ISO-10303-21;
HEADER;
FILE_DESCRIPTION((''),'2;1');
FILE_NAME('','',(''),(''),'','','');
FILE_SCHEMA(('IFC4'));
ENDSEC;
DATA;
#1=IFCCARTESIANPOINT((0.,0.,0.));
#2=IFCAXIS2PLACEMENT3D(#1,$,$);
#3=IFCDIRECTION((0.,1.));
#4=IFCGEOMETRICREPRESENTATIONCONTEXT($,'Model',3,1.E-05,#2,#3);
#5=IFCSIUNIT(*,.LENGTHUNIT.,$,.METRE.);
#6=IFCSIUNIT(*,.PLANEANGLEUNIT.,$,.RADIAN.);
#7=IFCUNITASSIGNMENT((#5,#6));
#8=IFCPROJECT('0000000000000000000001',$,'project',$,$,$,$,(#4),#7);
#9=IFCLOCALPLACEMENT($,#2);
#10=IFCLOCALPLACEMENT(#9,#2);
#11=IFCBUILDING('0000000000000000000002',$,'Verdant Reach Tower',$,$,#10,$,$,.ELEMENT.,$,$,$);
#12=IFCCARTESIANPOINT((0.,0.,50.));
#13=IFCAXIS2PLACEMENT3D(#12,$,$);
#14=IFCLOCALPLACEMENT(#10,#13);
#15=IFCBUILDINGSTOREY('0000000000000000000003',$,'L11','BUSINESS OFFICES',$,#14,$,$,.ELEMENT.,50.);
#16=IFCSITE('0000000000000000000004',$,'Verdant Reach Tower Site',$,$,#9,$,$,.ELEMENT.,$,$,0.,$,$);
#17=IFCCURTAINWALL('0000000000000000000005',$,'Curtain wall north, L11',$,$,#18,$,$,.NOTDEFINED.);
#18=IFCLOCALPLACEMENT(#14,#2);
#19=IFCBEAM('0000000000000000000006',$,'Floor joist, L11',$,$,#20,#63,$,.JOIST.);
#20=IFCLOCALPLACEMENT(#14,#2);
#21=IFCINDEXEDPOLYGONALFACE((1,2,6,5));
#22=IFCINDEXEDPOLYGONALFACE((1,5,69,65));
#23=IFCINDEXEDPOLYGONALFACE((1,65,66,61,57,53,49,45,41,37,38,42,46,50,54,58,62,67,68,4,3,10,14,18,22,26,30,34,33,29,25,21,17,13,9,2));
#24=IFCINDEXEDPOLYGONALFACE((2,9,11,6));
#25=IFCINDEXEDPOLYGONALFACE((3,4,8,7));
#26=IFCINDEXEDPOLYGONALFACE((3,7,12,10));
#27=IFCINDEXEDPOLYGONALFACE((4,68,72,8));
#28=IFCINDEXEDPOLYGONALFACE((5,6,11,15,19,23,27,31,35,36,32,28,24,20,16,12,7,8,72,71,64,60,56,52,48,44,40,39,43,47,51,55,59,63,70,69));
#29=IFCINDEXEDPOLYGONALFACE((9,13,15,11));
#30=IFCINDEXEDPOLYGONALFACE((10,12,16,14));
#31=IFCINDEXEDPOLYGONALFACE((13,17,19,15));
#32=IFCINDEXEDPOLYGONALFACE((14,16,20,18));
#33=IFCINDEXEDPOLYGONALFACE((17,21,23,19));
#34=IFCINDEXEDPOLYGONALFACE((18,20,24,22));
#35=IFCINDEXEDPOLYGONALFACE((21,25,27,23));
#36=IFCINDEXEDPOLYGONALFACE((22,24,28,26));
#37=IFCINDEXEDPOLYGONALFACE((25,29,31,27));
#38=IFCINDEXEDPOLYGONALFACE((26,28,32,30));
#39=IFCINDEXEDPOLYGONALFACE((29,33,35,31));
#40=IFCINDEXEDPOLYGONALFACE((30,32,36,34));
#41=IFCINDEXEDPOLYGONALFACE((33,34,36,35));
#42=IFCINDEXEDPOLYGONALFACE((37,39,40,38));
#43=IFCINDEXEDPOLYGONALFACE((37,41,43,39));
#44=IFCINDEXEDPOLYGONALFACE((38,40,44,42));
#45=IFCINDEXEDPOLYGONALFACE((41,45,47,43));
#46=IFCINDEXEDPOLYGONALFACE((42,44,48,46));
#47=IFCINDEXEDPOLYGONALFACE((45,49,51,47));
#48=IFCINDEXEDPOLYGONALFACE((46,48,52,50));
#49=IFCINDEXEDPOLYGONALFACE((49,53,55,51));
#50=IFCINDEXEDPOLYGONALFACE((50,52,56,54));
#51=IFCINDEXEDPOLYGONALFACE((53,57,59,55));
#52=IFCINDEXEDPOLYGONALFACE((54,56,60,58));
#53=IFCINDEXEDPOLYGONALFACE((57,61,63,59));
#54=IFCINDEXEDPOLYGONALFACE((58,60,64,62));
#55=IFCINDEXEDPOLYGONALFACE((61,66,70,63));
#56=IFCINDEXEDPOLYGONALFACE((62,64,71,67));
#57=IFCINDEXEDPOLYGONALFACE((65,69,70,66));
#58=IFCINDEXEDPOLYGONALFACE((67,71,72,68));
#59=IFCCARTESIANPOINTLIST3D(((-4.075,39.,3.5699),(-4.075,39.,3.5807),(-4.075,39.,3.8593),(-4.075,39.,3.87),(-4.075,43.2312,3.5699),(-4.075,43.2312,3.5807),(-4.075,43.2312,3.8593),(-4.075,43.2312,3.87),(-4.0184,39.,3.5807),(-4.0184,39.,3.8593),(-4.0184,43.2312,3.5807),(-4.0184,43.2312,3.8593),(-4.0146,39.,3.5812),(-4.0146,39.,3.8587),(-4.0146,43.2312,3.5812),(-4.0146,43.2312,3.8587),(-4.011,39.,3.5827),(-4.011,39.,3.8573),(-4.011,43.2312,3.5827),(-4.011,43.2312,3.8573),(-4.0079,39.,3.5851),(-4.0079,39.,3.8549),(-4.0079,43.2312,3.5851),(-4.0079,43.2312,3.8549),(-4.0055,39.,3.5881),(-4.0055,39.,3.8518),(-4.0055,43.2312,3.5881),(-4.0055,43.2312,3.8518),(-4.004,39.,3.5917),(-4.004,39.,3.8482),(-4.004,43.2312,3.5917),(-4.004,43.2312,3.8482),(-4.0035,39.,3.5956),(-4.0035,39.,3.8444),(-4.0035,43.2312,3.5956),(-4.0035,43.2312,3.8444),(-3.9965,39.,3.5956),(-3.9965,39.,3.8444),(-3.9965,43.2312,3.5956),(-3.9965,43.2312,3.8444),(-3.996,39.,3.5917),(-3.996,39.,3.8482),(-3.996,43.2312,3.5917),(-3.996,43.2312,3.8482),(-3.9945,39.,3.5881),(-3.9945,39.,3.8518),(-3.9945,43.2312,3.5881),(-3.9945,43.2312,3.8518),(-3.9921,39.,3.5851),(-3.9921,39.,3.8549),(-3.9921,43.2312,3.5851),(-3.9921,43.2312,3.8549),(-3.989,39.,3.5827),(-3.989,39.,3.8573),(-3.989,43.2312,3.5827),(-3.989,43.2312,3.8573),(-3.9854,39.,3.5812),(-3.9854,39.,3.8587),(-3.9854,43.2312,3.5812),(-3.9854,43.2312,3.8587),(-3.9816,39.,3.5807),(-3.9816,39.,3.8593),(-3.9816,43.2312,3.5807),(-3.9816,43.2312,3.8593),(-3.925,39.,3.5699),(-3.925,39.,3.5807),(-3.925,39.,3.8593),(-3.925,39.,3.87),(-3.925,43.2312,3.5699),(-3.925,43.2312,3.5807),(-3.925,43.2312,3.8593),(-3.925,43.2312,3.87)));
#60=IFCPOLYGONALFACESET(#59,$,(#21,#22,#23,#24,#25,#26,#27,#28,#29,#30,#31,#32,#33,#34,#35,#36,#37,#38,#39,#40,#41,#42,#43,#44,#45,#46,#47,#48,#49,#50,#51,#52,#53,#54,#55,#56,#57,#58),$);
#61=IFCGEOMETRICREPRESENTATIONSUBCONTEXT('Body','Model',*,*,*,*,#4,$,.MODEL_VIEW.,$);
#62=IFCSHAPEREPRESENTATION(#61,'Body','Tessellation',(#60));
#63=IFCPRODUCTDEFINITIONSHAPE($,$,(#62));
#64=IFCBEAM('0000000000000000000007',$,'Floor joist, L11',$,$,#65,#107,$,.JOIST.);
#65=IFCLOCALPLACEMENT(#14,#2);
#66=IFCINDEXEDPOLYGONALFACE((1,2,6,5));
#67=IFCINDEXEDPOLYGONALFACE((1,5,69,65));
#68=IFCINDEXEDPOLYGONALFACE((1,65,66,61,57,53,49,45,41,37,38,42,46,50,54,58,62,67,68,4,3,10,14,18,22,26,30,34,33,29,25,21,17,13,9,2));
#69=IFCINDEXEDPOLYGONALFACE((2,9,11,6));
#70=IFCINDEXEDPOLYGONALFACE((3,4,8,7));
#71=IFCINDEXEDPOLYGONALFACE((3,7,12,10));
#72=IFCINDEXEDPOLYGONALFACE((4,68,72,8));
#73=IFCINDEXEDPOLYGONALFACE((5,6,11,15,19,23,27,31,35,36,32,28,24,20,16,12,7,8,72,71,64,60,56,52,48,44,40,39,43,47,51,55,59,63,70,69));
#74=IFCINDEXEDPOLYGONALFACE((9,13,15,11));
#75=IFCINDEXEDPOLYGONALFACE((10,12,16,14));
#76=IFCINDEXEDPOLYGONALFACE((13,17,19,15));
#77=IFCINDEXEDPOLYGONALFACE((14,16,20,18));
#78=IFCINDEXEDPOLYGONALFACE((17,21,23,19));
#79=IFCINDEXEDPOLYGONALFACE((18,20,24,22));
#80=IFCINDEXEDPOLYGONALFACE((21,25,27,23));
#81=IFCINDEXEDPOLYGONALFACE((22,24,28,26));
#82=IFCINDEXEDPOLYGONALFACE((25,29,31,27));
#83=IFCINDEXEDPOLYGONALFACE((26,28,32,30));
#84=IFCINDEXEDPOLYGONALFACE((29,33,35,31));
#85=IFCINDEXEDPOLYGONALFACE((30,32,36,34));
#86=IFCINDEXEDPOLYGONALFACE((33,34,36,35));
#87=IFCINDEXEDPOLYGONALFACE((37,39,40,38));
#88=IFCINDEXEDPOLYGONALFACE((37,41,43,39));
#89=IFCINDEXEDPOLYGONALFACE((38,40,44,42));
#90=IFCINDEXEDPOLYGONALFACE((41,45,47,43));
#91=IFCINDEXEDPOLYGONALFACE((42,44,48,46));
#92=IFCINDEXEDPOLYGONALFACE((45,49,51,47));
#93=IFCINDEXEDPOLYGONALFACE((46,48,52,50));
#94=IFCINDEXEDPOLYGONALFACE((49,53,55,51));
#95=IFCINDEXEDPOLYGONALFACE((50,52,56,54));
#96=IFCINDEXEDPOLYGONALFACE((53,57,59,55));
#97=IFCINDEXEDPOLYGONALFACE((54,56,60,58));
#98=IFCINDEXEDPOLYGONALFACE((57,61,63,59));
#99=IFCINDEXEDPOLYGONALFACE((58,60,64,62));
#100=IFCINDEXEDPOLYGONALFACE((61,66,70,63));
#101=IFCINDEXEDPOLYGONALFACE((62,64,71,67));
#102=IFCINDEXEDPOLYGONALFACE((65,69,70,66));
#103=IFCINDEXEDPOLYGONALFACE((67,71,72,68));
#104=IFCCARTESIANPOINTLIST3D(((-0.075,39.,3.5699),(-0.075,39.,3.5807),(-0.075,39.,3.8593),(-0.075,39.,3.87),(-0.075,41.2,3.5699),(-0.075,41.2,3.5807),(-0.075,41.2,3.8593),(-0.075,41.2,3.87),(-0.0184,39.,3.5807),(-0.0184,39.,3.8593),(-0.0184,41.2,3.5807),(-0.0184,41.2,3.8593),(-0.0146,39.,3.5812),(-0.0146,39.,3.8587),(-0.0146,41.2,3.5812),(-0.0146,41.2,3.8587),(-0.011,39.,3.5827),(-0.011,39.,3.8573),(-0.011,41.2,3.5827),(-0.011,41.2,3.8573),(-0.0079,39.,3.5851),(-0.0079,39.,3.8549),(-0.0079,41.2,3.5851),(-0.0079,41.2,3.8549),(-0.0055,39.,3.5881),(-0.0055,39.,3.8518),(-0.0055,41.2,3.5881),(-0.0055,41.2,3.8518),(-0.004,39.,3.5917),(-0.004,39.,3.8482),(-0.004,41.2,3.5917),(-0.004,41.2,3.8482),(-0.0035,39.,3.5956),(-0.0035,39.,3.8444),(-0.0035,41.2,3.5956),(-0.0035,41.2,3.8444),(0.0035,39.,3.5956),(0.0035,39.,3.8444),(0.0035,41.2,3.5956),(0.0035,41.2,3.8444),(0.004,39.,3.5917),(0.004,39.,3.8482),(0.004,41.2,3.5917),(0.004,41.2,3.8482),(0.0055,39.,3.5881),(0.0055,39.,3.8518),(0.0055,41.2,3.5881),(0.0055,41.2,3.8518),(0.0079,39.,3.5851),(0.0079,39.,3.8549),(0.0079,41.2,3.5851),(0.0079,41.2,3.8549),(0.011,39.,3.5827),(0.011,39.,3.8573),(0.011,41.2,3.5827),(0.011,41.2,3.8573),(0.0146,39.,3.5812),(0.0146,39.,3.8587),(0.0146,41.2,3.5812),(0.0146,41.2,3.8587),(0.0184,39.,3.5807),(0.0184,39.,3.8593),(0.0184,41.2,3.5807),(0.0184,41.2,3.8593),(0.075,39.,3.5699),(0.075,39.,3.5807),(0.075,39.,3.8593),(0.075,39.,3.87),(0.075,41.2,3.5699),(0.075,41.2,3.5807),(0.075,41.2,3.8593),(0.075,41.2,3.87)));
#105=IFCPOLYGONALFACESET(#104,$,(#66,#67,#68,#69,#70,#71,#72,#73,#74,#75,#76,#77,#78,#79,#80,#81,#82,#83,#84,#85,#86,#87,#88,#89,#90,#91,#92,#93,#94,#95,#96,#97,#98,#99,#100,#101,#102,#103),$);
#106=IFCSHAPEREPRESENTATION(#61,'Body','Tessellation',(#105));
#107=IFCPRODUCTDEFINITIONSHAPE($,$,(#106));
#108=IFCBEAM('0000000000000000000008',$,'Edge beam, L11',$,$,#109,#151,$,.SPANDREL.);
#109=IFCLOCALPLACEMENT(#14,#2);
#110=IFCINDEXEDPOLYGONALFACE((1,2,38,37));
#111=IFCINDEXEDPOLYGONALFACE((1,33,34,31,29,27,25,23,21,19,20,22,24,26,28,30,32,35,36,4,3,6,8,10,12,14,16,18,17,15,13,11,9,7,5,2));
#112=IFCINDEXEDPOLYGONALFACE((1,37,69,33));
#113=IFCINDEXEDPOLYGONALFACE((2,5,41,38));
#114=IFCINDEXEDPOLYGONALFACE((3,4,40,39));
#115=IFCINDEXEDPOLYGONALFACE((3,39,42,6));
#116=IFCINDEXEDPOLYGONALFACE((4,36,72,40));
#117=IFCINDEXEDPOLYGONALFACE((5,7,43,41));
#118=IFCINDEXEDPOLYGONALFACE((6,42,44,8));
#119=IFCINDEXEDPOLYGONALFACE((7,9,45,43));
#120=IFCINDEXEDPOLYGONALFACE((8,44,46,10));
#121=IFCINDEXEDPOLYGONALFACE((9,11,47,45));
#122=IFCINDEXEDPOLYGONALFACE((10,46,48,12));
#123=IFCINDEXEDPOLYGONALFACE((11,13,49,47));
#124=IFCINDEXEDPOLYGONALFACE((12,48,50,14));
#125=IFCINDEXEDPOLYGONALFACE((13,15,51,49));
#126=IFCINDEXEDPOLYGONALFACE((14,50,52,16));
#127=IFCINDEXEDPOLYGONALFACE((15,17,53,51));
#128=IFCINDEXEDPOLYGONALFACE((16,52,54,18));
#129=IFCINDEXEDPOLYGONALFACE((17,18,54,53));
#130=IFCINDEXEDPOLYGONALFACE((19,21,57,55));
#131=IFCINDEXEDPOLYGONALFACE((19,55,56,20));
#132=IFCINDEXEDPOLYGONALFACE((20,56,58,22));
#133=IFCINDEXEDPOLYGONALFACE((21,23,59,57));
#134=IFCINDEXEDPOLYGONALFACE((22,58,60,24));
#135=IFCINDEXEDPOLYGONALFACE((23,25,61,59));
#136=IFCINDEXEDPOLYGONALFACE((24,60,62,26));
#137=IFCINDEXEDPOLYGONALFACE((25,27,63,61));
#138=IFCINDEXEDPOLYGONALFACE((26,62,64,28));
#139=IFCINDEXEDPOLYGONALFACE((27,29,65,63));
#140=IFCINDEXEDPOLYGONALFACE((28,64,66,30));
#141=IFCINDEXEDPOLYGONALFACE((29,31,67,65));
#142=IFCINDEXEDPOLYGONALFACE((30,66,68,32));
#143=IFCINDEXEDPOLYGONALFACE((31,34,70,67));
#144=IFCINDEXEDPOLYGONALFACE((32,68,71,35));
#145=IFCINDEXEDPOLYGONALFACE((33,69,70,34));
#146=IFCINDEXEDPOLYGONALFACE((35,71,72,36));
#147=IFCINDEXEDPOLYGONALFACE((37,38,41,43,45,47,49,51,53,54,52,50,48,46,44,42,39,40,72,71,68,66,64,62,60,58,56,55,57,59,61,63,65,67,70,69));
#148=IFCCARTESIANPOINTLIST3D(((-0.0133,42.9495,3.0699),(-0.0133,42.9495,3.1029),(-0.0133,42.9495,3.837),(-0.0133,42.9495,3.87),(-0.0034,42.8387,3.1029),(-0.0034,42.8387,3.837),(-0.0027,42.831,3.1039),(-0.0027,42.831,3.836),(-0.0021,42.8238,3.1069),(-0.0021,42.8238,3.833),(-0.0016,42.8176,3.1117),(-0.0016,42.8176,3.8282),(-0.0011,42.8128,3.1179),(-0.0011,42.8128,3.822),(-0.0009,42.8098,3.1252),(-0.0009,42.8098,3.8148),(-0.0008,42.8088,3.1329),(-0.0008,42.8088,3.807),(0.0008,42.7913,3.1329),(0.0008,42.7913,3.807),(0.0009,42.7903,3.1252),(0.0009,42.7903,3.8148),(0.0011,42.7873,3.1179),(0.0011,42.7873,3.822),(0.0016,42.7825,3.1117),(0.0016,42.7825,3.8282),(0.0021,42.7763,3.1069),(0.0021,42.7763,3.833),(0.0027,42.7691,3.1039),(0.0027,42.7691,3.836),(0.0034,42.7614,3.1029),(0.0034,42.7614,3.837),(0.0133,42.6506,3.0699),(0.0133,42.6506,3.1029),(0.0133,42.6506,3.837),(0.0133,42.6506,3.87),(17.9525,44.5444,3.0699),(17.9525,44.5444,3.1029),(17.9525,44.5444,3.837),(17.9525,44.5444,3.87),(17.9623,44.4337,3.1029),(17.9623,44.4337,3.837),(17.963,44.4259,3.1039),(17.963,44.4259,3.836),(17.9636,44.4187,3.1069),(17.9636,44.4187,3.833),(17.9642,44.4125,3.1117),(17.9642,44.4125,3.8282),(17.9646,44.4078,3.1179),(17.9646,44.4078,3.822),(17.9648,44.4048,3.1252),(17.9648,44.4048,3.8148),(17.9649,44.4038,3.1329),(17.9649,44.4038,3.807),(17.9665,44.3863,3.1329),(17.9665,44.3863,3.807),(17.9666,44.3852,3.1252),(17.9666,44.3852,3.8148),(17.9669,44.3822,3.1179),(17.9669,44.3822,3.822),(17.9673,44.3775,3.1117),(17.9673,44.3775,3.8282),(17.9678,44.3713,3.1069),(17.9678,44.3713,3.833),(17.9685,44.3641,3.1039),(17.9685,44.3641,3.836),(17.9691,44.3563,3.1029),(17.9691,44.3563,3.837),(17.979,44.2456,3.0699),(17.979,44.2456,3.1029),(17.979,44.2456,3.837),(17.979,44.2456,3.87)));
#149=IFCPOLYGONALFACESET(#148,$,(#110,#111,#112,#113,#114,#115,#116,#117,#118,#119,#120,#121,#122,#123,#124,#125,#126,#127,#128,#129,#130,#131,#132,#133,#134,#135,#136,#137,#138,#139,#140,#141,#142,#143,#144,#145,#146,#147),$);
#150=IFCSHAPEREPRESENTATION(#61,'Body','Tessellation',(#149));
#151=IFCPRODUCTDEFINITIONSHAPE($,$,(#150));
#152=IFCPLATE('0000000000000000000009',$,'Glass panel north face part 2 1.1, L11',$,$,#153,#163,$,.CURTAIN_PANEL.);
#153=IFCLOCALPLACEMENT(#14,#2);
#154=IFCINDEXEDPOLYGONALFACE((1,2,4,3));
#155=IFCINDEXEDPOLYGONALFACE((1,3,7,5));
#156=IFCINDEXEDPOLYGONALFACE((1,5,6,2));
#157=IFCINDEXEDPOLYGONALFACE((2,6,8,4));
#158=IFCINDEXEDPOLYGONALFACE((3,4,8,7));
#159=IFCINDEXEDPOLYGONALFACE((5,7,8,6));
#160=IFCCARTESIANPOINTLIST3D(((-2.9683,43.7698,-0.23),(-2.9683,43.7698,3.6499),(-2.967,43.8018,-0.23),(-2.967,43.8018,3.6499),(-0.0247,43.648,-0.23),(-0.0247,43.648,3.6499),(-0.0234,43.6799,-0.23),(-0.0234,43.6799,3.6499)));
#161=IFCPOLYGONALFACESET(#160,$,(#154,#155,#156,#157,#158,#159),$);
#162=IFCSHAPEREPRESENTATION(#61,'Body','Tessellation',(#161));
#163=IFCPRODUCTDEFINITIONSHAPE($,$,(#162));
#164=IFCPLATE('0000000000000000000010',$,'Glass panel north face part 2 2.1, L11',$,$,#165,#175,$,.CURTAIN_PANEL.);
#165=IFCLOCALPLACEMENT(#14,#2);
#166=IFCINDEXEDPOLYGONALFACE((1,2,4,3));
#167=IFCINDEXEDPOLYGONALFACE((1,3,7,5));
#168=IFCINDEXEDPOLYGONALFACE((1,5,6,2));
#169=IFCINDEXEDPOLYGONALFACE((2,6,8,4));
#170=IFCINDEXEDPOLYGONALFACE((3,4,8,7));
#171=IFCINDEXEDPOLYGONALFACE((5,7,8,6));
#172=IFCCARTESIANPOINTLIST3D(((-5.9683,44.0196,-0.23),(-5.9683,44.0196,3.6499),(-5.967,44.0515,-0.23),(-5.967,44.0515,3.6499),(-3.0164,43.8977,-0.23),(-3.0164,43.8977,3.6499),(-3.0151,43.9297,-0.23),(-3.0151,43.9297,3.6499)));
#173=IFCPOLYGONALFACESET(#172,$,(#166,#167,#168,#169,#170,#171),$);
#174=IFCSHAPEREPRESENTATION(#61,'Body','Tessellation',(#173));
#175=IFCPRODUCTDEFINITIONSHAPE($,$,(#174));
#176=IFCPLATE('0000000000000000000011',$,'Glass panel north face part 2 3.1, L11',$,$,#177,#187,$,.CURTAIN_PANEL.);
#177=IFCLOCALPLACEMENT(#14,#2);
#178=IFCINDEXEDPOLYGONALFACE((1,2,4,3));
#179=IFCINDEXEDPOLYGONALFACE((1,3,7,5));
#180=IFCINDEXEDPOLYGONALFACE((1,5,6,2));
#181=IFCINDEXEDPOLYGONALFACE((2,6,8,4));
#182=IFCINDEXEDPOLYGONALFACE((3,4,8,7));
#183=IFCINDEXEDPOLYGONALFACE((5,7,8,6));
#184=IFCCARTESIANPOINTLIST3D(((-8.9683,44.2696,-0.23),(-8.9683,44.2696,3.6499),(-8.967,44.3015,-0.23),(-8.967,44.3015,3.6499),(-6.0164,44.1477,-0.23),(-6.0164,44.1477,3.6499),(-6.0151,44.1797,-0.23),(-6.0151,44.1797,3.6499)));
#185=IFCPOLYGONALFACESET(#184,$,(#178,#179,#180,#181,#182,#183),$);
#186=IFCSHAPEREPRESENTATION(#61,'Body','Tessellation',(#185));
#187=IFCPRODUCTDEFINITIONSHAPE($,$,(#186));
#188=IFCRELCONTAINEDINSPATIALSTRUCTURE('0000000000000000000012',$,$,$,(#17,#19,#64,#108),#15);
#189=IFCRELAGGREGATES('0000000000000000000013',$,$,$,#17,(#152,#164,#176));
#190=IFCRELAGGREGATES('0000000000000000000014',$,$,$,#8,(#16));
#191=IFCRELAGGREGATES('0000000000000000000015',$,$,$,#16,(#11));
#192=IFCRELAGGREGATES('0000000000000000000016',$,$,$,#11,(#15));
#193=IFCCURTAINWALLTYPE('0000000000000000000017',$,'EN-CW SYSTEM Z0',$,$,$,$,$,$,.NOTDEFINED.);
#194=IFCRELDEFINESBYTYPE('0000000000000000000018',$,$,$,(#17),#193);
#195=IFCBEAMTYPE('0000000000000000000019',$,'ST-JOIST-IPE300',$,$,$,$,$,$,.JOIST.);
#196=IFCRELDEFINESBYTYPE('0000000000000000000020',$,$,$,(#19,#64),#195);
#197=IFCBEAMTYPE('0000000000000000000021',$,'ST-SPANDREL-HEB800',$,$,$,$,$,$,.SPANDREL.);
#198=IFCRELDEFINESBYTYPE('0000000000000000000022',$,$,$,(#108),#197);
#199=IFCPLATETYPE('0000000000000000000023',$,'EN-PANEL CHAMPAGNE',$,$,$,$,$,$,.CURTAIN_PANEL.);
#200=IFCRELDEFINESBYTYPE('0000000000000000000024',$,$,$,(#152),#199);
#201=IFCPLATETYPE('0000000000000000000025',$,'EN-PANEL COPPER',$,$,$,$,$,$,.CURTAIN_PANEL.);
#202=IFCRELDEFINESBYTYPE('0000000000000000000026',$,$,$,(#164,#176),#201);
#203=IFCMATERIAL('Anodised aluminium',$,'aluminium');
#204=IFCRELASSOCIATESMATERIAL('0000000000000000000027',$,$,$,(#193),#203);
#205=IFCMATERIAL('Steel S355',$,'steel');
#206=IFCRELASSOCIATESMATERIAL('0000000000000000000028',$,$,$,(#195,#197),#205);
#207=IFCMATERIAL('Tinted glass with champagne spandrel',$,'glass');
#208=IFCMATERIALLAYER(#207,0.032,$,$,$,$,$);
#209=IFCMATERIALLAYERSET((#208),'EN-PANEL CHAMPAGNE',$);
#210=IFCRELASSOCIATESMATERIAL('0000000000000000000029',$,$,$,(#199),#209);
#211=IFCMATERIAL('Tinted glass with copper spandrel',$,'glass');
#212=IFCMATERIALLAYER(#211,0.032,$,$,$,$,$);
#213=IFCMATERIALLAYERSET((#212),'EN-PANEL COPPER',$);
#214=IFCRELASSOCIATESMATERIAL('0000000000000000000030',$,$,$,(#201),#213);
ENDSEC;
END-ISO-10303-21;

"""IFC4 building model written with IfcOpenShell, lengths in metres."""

from ifc_helpers import new_model, si_unit, direction, frame, origin, origin_2d, place, context, subcontext, project, spatial, rectangle, i_section, extrude, material, layer, layer_set, material_profile, profile_set, type_object, element, aggregate, save


model = new_model("IFC4")

# Units and contexts
model_context = context("Model", 3, precision=1e-05, world=origin(), true_north=direction((0.0, 1.0)))
body_context = subcontext(model_context, "Body", "Model", "MODEL_VIEW")
ifc_project = project(units=[si_unit("LENGTHUNIT", "METRE"), si_unit("PLANEANGLEUNIT", "RADIAN")], contexts=[model_context])

# Site, building, storey
site_placement = place(None, origin())
site = spatial("IfcSite", under=ifc_project, at=site_placement, Name="Verdant Reach Tower Site", CompositionType="ELEMENT", RefElevation=0.0)
building_placement = place(site_placement, origin())
building = spatial("IfcBuilding", under=site, at=building_placement, Name="Verdant Reach Tower", CompositionType="ELEMENT")
storey_placement = place(building_placement, frame((0.0, 0.0, 50.0)))
storey = spatial("IfcBuildingStorey", under=building, at=storey_placement, Name="L11", Description="BUSINESS OFFICES", CompositionType="ELEMENT", Elevation=50.0)

# Curtain wall
ifc_material_1 = material(Name="Anodised aluminium", Category="aluminium")
curtain_wall_type = type_object("IfcCurtainWallType", Name="EN-CW SYSTEM Z0", PredefinedType="NOTDEFINED", material=ifc_material_1)
curtain_wall_placement = place(storey_placement, origin())
curtain_wall = element("IfcCurtainWall", 1, at=curtain_wall_placement, inside=storey, type_object=curtain_wall_type, Name="Curtain wall north, L11", PredefinedType="NOTDEFINED")

# Beams
ifc_material_2 = material(Name="Steel S355", Category="steel")
ifc_material_profile_1 = material_profile(ifc_material_2, i_section(OverallWidth=0.1499, OverallDepth=0.3, WebThickness=0.0071, FlangeThickness=0.0107, FilletRadius=0.0149, at=origin_2d()), Name="IPE 300")
ifc_profile_set_1 = profile_set([ifc_material_profile_1], Name="Steel S355")
beam_type_1 = type_object("IfcBeamType", Name="ST-JOIST-IPE300", PredefinedType="JOIST", material=ifc_profile_set_1)
beam_1_placement = place(storey_placement, frame((-4.0, 39.0, 3.72), z_axis=(0.0, 1.0, 0.0), x_axis=(-1.0, 0.0, 0.0)))
element("IfcBeam", 2, at=beam_1_placement, inside=storey, type_object=beam_type_1, Name="Floor joist, L11", PredefinedType="JOIST", context=body_context, shape_type="SweptSolid", body=[
    extrude(i_section(OverallWidth=0.1499, OverallDepth=0.3, WebThickness=0.0071, FlangeThickness=0.0107, FilletRadius=0.0149, at=origin_2d()), origin(), (0.0, 0.0, 1.0), 4.2312),
])
beam_2_placement = place(storey_placement, frame((0.0, 39.0, 3.72), z_axis=(0.0, 1.0, 0.0), x_axis=(-1.0, 0.0, 0.0)))
element("IfcBeam", 3, at=beam_2_placement, inside=storey, type_object=beam_type_1, Name="Floor joist, L11", PredefinedType="JOIST", context=body_context, shape_type="SweptSolid", body=[
    extrude(i_section(OverallWidth=0.1499, OverallDepth=0.3, WebThickness=0.0071, FlangeThickness=0.0107, FilletRadius=0.0149, at=origin_2d()), origin(), (0.0, 0.0, 1.0), 2.2),
])
ifc_material_profile_2 = material_profile(ifc_material_2, i_section(OverallWidth=0.3, OverallDepth=0.8, WebThickness=0.0176, FlangeThickness=0.033, FilletRadius=0.03, at=origin_2d()), Name="HEB 800")
ifc_profile_set_2 = profile_set([ifc_material_profile_2], Name="Steel S355")
beam_type_2 = type_object("IfcBeamType", Name="ST-SPANDREL-HEB800", PredefinedType="SPANDREL", material=ifc_profile_set_2)
beam_3_placement = place(storey_placement, frame((0.0, 42.8, 3.47), z_axis=(0.996082, 0.08843, 0.0), x_axis=(-0.08843, 0.996082, 0.0)))
element("IfcBeam", 4, at=beam_3_placement, inside=storey, type_object=beam_type_2, Name="Edge beam, L11", PredefinedType="SPANDREL", context=body_context, shape_type="SweptSolid", body=[
    extrude(i_section(OverallWidth=0.3, OverallDepth=0.8, WebThickness=0.0176, FlangeThickness=0.033, FilletRadius=0.03, at=origin_2d()), origin(), (0.0, 0.0, 1.0), 18.0364),
])

# Plates
ifc_material_3 = material(Name="Tinted glass with champagne spandrel", Category="glass")
ifc_layer_1 = layer(ifc_material_3, 0.032)
ifc_layer_set_1 = layer_set([ifc_layer_1], Name="EN-PANEL CHAMPAGNE")
plate_type_1 = type_object("IfcPlateType", Name="EN-PANEL CHAMPAGNE", PredefinedType="CURTAIN_PANEL", material=ifc_layer_set_1)
plate_1_placement = place(storey_placement, frame((-1.4958, 43.7249, -0.23), z_axis=(0.0, 0.0, 1.0), x_axis=(-0.999144, 0.041357, 0.0)))
plate_1 = element("IfcPlate", 5, at=plate_1_placement, type_object=plate_type_1, Name="Glass panel north face part 2 1.1, L11", PredefinedType="CURTAIN_PANEL", context=body_context, shape_type="SweptSolid", body=[
    extrude(rectangle(XDim=2.946, YDim=0.032, at=origin_2d()), origin(), (0.0, 0.0, 1.0), 3.8799),
])
ifc_material_4 = material(Name="Tinted glass with copper spandrel", Category="glass")
ifc_layer_2 = layer(ifc_material_4, 0.032)
ifc_layer_set_2 = layer_set([ifc_layer_2], Name="EN-PANEL COPPER")
plate_type_2 = type_object("IfcPlateType", Name="EN-PANEL COPPER", PredefinedType="CURTAIN_PANEL", material=ifc_layer_set_2)
plate_2_placement = place(storey_placement, frame((-4.4917, 43.9746, -0.23), z_axis=(0.0, 0.0, 1.0), x_axis=(-0.999149, 0.041242, 0.0)))
plate_2 = element("IfcPlate", 6, at=plate_2_placement, type_object=plate_type_2, Name="Glass panel north face part 2 2.1, L11", PredefinedType="CURTAIN_PANEL", context=body_context, shape_type="SweptSolid", body=[
    extrude(rectangle(XDim=2.9543, YDim=0.032, at=origin_2d()), origin(), (0.0, 0.0, 1.0), 3.8799),
])
plate_3_placement = place(storey_placement, frame((-7.4917, 44.2246, -0.23), z_axis=(0.0, 0.0, 1.0), x_axis=(-0.999149, 0.041242, 0.0)))
plate_3 = element("IfcPlate", 7, at=plate_3_placement, type_object=plate_type_2, Name="Glass panel north face part 2 3.1, L11", PredefinedType="CURTAIN_PANEL", context=body_context, shape_type="SweptSolid", body=[
    extrude(rectangle(XDim=2.9543, YDim=0.032, at=origin_2d()), origin(), (0.0, 0.0, 1.0), 3.8799),
])
aggregate(curtain_wall, [plate_1, plate_2, plate_3])

save(model, "model.ifc")
